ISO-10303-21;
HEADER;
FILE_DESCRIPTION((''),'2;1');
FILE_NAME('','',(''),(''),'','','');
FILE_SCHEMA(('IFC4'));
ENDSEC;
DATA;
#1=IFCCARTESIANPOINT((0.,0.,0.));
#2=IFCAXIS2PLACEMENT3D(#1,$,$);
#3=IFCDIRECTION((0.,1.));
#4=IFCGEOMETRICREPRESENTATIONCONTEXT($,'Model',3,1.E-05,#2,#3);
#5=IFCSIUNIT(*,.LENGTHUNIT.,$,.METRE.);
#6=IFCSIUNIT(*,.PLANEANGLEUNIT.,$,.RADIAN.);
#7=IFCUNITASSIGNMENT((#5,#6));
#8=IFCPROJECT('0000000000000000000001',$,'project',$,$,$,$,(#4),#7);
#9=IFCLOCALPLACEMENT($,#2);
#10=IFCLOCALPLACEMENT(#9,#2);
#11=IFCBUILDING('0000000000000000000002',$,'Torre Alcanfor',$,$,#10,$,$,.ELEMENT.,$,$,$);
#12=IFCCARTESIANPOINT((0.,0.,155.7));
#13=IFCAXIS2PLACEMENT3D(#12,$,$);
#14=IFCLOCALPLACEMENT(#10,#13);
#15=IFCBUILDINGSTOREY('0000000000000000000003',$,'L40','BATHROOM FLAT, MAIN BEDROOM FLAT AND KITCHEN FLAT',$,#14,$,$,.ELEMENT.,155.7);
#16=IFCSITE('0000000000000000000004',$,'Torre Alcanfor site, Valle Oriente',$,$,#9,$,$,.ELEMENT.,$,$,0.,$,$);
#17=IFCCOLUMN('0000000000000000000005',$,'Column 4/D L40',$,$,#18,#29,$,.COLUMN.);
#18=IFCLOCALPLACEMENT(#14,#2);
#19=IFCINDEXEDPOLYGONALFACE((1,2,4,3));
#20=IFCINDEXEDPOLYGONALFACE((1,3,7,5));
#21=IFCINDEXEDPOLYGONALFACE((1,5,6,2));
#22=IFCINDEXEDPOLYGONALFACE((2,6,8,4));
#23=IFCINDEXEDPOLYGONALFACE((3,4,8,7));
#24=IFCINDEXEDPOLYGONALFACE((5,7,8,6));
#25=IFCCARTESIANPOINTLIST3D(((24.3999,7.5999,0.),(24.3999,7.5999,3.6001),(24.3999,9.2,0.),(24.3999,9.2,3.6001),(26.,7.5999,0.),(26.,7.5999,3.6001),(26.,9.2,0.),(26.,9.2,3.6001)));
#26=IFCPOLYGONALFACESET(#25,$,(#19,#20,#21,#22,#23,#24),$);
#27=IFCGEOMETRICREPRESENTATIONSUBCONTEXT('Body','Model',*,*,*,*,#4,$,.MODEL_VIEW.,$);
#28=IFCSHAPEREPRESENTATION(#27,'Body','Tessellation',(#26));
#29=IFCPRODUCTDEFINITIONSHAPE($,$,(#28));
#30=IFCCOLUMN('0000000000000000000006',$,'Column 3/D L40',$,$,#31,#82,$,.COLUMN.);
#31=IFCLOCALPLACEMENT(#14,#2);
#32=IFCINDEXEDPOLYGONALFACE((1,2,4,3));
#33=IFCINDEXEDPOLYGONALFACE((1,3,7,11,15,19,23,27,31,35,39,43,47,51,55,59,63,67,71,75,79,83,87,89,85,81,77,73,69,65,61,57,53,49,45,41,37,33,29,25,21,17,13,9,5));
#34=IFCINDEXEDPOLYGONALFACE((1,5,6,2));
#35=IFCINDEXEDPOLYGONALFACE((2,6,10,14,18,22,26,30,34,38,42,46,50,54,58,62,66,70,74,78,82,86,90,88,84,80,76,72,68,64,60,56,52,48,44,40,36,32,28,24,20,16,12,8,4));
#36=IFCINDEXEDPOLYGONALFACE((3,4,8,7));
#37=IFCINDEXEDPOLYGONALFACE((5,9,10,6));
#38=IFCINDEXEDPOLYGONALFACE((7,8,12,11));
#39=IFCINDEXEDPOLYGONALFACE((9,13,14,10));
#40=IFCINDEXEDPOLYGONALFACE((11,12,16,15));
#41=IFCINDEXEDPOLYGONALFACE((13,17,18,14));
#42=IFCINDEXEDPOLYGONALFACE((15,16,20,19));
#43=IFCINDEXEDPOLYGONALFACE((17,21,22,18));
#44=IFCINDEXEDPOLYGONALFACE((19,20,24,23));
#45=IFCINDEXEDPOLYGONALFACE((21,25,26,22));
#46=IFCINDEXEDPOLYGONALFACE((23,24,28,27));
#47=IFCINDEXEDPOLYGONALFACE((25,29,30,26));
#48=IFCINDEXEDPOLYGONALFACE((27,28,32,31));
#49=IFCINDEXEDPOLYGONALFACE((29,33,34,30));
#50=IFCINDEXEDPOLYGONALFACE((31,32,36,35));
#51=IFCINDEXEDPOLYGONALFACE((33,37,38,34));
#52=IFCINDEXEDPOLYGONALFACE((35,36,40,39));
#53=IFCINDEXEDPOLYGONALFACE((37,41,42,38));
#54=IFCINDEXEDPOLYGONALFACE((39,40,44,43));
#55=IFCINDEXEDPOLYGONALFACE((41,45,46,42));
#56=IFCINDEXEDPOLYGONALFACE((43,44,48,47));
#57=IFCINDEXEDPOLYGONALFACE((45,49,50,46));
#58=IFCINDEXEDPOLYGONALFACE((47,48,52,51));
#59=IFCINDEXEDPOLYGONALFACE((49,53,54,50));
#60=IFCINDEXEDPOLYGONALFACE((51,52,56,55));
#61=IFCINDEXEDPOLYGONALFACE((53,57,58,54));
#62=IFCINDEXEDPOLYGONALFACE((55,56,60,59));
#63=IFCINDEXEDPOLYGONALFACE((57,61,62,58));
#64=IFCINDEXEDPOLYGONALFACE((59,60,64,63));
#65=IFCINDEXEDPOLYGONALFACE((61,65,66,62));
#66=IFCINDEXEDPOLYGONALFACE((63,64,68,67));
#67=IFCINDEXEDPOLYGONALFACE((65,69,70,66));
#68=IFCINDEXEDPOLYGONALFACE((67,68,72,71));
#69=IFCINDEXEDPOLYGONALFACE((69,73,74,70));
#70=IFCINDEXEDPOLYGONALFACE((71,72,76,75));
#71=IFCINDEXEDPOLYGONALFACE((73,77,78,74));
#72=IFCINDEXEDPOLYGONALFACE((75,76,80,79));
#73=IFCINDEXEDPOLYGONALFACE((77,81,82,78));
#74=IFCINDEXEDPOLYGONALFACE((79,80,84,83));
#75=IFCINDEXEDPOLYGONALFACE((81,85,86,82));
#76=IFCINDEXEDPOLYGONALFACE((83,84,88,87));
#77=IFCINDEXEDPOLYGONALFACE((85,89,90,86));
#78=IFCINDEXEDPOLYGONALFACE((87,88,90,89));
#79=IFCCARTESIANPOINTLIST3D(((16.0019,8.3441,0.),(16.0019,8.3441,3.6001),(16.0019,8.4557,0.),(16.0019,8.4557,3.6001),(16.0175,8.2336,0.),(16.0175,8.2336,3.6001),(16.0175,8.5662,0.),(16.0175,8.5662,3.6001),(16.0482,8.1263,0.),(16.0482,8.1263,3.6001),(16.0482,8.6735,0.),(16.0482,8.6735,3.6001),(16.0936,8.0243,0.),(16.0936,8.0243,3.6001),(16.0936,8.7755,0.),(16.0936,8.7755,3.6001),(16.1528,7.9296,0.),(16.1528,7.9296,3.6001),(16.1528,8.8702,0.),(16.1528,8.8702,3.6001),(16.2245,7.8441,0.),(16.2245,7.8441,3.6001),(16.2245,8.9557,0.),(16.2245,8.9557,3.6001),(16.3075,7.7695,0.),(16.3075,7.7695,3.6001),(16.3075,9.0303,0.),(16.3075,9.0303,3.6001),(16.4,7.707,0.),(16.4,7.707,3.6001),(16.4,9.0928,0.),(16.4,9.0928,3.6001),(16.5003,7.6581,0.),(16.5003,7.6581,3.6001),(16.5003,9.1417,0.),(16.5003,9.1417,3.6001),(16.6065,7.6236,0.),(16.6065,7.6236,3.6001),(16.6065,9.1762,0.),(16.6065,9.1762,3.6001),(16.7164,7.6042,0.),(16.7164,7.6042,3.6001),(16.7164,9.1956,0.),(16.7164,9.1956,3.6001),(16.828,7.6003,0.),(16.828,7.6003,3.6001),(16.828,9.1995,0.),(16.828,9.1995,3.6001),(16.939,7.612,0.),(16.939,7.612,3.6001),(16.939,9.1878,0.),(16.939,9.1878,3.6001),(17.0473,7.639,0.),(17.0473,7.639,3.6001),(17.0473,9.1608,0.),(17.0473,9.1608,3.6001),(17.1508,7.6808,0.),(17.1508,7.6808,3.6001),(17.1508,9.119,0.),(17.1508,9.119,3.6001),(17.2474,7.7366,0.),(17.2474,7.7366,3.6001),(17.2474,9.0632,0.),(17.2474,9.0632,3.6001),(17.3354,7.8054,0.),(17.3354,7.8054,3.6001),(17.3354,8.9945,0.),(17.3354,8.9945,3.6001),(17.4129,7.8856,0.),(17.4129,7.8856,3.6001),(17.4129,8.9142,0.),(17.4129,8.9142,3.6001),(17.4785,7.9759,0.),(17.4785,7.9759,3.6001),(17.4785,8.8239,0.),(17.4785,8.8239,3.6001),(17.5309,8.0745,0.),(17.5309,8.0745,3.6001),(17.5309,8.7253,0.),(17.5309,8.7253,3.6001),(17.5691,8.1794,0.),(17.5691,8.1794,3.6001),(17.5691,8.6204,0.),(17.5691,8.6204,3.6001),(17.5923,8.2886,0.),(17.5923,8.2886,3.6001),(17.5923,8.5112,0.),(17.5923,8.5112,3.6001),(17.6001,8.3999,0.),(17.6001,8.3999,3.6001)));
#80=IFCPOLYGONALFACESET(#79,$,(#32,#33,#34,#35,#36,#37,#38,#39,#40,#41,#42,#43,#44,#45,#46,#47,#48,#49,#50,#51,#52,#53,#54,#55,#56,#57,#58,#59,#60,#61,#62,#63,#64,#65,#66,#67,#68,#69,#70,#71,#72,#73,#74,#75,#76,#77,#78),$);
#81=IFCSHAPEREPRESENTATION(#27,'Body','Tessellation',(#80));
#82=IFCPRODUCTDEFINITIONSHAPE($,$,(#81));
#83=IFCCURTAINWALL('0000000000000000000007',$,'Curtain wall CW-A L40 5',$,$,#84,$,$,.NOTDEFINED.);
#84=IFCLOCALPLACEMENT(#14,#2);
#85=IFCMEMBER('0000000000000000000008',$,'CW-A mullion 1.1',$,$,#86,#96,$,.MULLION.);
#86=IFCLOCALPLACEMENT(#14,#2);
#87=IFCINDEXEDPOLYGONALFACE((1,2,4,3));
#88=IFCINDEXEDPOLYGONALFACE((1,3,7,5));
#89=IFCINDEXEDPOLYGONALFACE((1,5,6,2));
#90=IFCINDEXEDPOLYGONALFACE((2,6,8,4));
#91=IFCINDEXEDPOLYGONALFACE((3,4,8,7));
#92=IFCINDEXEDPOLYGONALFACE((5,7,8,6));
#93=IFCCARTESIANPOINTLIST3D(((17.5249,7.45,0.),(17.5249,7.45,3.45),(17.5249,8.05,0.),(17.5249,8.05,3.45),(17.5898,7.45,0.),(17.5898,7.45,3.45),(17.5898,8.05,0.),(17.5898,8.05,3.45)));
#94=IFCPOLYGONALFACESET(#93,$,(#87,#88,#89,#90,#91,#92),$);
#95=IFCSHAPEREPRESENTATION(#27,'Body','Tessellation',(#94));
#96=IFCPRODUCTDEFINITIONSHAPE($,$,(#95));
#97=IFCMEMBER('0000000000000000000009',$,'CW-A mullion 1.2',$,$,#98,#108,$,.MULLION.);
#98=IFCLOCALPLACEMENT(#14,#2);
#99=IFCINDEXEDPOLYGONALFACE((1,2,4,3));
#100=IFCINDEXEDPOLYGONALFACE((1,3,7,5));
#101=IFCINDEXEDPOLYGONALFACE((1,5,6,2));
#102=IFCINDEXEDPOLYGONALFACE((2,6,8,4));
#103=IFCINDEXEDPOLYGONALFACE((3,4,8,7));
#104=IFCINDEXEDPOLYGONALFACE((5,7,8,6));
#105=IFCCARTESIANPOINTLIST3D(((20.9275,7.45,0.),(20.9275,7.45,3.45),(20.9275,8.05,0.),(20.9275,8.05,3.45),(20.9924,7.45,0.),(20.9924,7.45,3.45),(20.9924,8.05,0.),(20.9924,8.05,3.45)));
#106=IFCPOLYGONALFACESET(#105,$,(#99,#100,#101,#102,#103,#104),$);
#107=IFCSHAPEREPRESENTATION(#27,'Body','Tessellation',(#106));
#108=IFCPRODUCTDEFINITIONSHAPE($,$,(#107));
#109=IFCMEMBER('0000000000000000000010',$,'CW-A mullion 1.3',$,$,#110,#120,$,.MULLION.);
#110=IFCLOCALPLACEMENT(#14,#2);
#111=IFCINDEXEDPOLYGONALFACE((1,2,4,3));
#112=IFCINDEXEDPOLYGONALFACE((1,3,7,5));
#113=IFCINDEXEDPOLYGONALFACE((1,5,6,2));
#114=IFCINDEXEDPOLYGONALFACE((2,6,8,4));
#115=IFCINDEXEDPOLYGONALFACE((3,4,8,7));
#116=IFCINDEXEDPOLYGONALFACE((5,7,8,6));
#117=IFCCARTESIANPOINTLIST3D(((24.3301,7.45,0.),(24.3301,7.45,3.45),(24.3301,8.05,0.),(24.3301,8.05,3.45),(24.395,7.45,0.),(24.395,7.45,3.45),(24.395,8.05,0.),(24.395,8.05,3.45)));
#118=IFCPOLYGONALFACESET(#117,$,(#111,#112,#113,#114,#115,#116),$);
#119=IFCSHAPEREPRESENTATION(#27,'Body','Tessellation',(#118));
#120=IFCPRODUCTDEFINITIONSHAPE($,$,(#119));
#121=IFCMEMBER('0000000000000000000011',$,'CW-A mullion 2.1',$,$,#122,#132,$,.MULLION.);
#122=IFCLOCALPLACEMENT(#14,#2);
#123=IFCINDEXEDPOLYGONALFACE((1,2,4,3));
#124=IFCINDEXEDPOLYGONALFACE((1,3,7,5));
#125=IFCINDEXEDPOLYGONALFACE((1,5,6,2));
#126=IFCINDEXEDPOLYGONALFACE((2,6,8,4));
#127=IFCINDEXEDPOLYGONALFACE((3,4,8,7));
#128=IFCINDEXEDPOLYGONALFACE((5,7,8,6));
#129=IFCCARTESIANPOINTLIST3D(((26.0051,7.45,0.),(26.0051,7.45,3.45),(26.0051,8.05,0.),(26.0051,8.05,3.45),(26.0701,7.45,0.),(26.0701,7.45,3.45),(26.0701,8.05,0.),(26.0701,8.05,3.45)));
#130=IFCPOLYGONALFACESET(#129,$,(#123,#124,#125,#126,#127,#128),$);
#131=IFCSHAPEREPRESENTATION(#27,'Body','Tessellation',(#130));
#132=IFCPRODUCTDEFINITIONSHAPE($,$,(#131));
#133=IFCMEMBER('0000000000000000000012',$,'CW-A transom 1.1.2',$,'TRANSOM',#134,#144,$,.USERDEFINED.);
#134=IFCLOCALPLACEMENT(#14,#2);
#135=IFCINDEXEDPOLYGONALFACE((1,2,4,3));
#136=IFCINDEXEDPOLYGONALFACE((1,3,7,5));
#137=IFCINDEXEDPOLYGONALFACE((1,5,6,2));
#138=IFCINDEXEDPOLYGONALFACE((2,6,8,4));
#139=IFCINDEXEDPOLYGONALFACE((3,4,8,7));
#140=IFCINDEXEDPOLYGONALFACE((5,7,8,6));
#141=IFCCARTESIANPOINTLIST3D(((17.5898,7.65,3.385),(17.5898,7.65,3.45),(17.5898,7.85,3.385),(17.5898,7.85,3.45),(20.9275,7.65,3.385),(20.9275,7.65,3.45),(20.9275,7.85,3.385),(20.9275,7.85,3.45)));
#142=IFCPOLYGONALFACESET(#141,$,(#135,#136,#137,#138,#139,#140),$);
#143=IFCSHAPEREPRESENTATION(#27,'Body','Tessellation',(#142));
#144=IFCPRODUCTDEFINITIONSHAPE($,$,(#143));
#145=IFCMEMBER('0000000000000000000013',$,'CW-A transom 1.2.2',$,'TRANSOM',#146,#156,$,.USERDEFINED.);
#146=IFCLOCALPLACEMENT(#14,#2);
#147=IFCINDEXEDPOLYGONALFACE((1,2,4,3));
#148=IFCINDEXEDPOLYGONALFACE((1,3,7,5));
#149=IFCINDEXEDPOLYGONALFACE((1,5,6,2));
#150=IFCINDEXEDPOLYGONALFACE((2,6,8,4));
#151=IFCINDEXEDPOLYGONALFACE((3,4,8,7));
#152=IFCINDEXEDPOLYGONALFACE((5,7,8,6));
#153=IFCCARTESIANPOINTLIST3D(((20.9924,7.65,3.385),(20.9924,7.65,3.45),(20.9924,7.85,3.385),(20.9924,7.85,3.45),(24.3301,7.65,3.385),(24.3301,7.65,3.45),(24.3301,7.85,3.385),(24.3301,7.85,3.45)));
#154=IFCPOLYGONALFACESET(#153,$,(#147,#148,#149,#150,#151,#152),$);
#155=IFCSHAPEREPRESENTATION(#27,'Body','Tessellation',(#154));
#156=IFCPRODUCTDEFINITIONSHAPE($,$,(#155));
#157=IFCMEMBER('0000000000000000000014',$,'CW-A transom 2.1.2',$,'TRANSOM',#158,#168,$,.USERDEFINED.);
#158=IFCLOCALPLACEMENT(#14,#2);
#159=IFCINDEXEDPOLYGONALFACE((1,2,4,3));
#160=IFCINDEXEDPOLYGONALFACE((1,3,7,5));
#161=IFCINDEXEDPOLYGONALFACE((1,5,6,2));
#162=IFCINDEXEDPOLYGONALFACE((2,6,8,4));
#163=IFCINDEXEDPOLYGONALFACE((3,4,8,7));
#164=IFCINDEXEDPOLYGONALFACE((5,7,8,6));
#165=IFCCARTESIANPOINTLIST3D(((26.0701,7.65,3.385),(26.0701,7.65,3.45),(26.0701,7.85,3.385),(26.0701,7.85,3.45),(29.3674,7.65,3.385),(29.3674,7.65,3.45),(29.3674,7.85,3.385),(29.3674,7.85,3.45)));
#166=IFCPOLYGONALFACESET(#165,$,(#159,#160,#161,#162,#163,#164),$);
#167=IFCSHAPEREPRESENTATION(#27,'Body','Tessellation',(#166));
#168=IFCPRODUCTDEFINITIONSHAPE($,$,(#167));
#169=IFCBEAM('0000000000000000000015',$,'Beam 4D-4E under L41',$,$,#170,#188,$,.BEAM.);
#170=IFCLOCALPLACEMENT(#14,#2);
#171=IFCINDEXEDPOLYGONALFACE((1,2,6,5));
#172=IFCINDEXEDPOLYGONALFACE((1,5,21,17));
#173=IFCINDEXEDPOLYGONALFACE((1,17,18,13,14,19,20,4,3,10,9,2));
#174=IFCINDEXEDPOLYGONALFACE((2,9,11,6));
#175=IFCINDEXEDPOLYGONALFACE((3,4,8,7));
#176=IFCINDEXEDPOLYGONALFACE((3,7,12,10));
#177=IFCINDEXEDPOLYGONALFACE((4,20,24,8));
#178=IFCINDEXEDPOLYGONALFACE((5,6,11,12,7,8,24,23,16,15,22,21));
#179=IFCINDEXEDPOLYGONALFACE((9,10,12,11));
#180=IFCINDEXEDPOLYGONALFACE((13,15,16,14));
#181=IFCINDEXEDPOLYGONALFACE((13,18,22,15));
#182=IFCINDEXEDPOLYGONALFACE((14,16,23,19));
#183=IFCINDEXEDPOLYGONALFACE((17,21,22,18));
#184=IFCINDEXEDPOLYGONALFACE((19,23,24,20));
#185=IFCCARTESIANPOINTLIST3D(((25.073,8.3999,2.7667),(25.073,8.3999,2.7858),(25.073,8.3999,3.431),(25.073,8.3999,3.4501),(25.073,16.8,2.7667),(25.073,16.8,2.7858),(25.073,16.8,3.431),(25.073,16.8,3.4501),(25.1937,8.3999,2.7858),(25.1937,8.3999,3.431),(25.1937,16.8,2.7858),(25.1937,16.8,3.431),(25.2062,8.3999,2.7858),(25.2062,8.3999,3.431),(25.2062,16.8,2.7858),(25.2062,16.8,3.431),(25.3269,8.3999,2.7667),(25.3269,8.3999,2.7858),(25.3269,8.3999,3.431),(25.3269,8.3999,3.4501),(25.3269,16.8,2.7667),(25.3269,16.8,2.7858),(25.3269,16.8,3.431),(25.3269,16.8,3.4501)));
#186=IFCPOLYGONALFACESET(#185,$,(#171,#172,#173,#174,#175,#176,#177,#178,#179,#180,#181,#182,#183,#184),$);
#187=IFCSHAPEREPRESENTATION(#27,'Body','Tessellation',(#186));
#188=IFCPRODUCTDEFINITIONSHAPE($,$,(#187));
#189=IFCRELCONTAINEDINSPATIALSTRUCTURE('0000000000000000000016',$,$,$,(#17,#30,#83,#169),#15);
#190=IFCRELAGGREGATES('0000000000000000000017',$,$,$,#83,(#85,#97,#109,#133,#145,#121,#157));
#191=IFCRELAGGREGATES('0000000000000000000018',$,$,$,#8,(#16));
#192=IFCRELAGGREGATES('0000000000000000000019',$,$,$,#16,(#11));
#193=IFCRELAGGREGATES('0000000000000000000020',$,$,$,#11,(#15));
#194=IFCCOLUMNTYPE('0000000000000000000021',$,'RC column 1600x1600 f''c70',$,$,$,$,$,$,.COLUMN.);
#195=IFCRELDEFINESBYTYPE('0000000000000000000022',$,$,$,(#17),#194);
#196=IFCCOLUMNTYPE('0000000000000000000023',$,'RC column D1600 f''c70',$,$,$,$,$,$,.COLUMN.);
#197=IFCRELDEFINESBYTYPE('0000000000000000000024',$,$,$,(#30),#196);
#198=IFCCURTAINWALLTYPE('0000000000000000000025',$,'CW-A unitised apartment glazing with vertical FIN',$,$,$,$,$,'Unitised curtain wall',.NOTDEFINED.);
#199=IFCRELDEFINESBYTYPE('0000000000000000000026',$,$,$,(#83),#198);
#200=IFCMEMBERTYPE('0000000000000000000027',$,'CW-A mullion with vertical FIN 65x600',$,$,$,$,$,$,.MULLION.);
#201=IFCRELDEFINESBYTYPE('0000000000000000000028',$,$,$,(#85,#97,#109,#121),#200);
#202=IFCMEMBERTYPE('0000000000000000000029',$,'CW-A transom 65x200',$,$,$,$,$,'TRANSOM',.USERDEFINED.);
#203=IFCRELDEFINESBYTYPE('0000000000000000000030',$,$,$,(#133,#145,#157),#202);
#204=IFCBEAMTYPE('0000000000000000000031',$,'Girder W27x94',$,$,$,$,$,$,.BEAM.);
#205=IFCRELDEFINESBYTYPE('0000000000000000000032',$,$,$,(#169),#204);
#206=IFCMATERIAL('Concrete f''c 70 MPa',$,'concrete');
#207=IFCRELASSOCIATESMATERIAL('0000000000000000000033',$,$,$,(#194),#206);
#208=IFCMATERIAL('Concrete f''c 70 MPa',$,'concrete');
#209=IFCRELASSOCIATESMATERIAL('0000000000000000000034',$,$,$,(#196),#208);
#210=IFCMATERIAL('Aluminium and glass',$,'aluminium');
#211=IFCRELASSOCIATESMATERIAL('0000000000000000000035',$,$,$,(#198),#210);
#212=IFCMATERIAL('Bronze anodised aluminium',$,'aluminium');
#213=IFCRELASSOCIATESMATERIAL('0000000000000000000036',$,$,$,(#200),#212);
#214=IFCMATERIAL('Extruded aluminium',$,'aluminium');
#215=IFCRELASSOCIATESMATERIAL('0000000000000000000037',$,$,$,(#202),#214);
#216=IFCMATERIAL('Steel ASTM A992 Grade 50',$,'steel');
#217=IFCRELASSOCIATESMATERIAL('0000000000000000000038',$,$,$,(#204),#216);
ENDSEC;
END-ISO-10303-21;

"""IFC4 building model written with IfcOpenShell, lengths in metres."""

from ifc_helpers import new_model, si_unit, direction, frame, origin, origin_2d, place, context, subcontext, project, spatial, rectangle, circle, i_section, extrude, material, material_profile, profile_set, type_object, element, aggregate, save


model = new_model("IFC4")

# Units and contexts
model_context = context("Model", 3, precision=1e-05, world=origin(), true_north=direction((0.0, 1.0)))
body_context = subcontext(model_context, "Body", "Model", "MODEL_VIEW")
ifc_project = project(units=[si_unit("LENGTHUNIT", "METRE"), si_unit("PLANEANGLEUNIT", "RADIAN")], contexts=[model_context])

# Site, building, storey
site_placement = place(None, origin())
site = spatial("IfcSite", under=ifc_project, at=site_placement, Name="Torre Alcanfor site, Valle Oriente", CompositionType="ELEMENT", RefElevation=0.0)
building_placement = place(site_placement, origin())
building = spatial("IfcBuilding", under=site, at=building_placement, Name="Torre Alcanfor", CompositionType="ELEMENT")
storey_placement = place(building_placement, frame((0.0, 0.0, 155.7)))
storey = spatial("IfcBuildingStorey", under=building, at=storey_placement, Name="L40", Description="BATHROOM FLAT, MAIN BEDROOM FLAT AND KITCHEN FLAT", CompositionType="ELEMENT", Elevation=155.7)

# Columns
ifc_material_1 = material(Name="Concrete f'c 70 MPa", Category="concrete")
ifc_material_profile_1 = material_profile(ifc_material_1, rectangle(XDim=1.6001, YDim=1.6001, at=origin_2d()), Name="1600x1600")
ifc_profile_set_1 = profile_set([ifc_material_profile_1], Name="Concrete f'c 70 MPa")
column_type_1 = type_object("IfcColumnType", Name="RC column 1600x1600 f'c70", PredefinedType="COLUMN", material=ifc_profile_set_1)
column_1_placement = place(storey_placement, frame((25.2, 8.3999, 0.0), z_axis=(0.0, 0.0, 1.0), x_axis=(1.0, 0.0, 0.0)))
element("IfcColumn", 1, at=column_1_placement, inside=storey, type_object=column_type_1, Name="Column 4/D L40", PredefinedType="COLUMN", context=body_context, shape_type="SweptSolid", body=[
    extrude(rectangle(XDim=1.6001, YDim=1.6001, at=origin_2d()), origin(), (0.0, 0.0, 1.0), 3.6001),
])
ifc_material_2 = material(Name="Concrete f'c 70 MPa", Category="concrete")
ifc_material_profile_2 = material_profile(ifc_material_2, circle(Radius=0.8, at=origin_2d()), Name="D1600")
ifc_profile_set_2 = profile_set([ifc_material_profile_2], Name="Concrete f'c 70 MPa")
column_type_2 = type_object("IfcColumnType", Name="RC column D1600 f'c70", PredefinedType="COLUMN", material=ifc_profile_set_2)
column_2_placement = place(storey_placement, frame((16.8, 8.3999, 0.0), z_axis=(0.0, 0.0, 1.0), x_axis=(1.0, 0.0, 0.0)))
element("IfcColumn", 2, at=column_2_placement, inside=storey, type_object=column_type_2, Name="Column 3/D L40", PredefinedType="COLUMN", context=body_context, shape_type="SweptSolid", body=[
    extrude(circle(Radius=0.8, at=origin_2d()), origin(), (0.0, 0.0, 1.0), 3.6001),
])

# Curtain wall, members
ifc_material_3 = material(Name="Aluminium and glass", Category="aluminium")
curtain_wall_type = type_object("IfcCurtainWallType", Name="CW-A unitised apartment glazing with vertical FIN", ElementType="Unitised curtain wall", PredefinedType="NOTDEFINED", material=ifc_material_3)
curtain_wall_placement = place(storey_placement, origin())
curtain_wall = element("IfcCurtainWall", 3, at=curtain_wall_placement, inside=storey, type_object=curtain_wall_type, Name="Curtain wall CW-A L40 5", PredefinedType="NOTDEFINED")
ifc_material_4 = material(Name="Bronze anodised aluminium", Category="aluminium")
ifc_material_profile_3 = material_profile(ifc_material_4, rectangle(XDim=0.6001, YDim=0.0649, at=origin_2d()), Name="CW-A mullion 65x600")
ifc_profile_set_3 = profile_set([ifc_material_profile_3], Name="Bronze anodised aluminium")
member_type_1 = type_object("IfcMemberType", Name="CW-A mullion with vertical FIN 65x600", PredefinedType="MULLION", material=ifc_profile_set_3)
member_1_placement = place(storey_placement, frame((17.5574, 7.75, 0.0), z_axis=(0.0, 0.0, 1.0), x_axis=(0.0, 1.0, 0.0)))
member_1 = element("IfcMember", 4, at=member_1_placement, type_object=member_type_1, Name="CW-A mullion 1.1", PredefinedType="MULLION", context=body_context, shape_type="SweptSolid", body=[
    extrude(rectangle(XDim=0.6001, YDim=0.0649, at=origin_2d()), origin(), (0.0, 0.0, 1.0), 3.45),
])
member_2_placement = place(storey_placement, frame((20.96, 7.75, 0.0), z_axis=(0.0, 0.0, 1.0), x_axis=(0.0, 1.0, 0.0)))
member_2 = element("IfcMember", 5, at=member_2_placement, type_object=member_type_1, Name="CW-A mullion 1.2", PredefinedType="MULLION", context=body_context, shape_type="SweptSolid", body=[
    extrude(rectangle(XDim=0.6001, YDim=0.0649, at=origin_2d()), origin(), (0.0, 0.0, 1.0), 3.45),
])
member_3_placement = place(storey_placement, frame((24.3625, 7.75, 0.0), z_axis=(0.0, 0.0, 1.0), x_axis=(0.0, 1.0, 0.0)))
member_3 = element("IfcMember", 6, at=member_3_placement, type_object=member_type_1, Name="CW-A mullion 1.3", PredefinedType="MULLION", context=body_context, shape_type="SweptSolid", body=[
    extrude(rectangle(XDim=0.6001, YDim=0.0649, at=origin_2d()), origin(), (0.0, 0.0, 1.0), 3.45),
])
member_4_placement = place(storey_placement, frame((26.0376, 7.75, 0.0), z_axis=(0.0, 0.0, 1.0), x_axis=(0.0, 1.0, 0.0)))
member_4 = element("IfcMember", 7, at=member_4_placement, type_object=member_type_1, Name="CW-A mullion 2.1", PredefinedType="MULLION", context=body_context, shape_type="SweptSolid", body=[
    extrude(rectangle(XDim=0.6001, YDim=0.0649, at=origin_2d()), origin(), (0.0, 0.0, 1.0), 3.45),
])
ifc_material_5 = material(Name="Extruded aluminium", Category="aluminium")
ifc_material_profile_4 = material_profile(ifc_material_5, rectangle(XDim=0.2, YDim=0.0649, at=origin_2d()), Name="CW-A transom 200x65")
ifc_profile_set_4 = profile_set([ifc_material_profile_4], Name="Extruded aluminium")
member_type_2 = type_object("IfcMemberType", Name="CW-A transom 65x200", ElementType="TRANSOM", PredefinedType="USERDEFINED", material=ifc_profile_set_4)
member_5_placement = place(storey_placement, frame((17.5898, 7.75, 3.4175), z_axis=(1.0, 0.0, 0.0), x_axis=(0.0, 1.0, 0.0)))
member_5 = element("IfcMember", 8, at=member_5_placement, type_object=member_type_2, Name="CW-A transom 1.1.2", ObjectType="TRANSOM", PredefinedType="USERDEFINED", context=body_context, shape_type="SweptSolid", body=[
    extrude(rectangle(XDim=0.2, YDim=0.0649, at=origin_2d()), origin(), (0.0, 0.0, 1.0), 3.3376),
])
member_6_placement = place(storey_placement, frame((20.9924, 7.75, 3.4175), z_axis=(1.0, 0.0, 0.0), x_axis=(0.0, 1.0, 0.0)))
member_6 = element("IfcMember", 9, at=member_6_placement, type_object=member_type_2, Name="CW-A transom 1.2.2", ObjectType="TRANSOM", PredefinedType="USERDEFINED", context=body_context, shape_type="SweptSolid", body=[
    extrude(rectangle(XDim=0.2, YDim=0.0649, at=origin_2d()), origin(), (0.0, 0.0, 1.0), 3.3376),
])
member_7_placement = place(storey_placement, frame((26.0701, 7.75, 3.4175), z_axis=(1.0, 0.0, 0.0), x_axis=(0.0, 1.0, 0.0)))
member_7 = element("IfcMember", 10, at=member_7_placement, type_object=member_type_2, Name="CW-A transom 2.1.2", ObjectType="TRANSOM", PredefinedType="USERDEFINED", context=body_context, shape_type="SweptSolid", body=[
    extrude(rectangle(XDim=0.2, YDim=0.0649, at=origin_2d()), origin(), (0.0, 0.0, 1.0), 3.2974),
])

# Beam
ifc_material_6 = material(Name="Steel ASTM A992 Grade 50", Category="steel")
ifc_material_profile_5 = material_profile(ifc_material_6, i_section(OverallWidth=0.2539, OverallDepth=0.6833, WebThickness=0.0125, FlangeThickness=0.019, at=origin_2d()), Name="W27x94")
ifc_profile_set_5 = profile_set([ifc_material_profile_5], Name="Steel ASTM A992 Grade 50")
beam_type_1 = type_object("IfcBeamType", Name="Girder W27x94", PredefinedType="BEAM", material=ifc_profile_set_5)
beam_1_placement = place(storey_placement, frame((25.2, 8.3999, 3.1084), z_axis=(0.0, 1.0, 0.0), x_axis=(-1.0, 0.0, 0.0)))
element("IfcBeam", 11, at=beam_1_placement, inside=storey, type_object=beam_type_1, Name="Beam 4D-4E under L41", PredefinedType="BEAM", context=body_context, shape_type="SweptSolid", body=[
    extrude(i_section(OverallWidth=0.2539, OverallDepth=0.6833, WebThickness=0.0125, FlangeThickness=0.019, at=origin_2d()), origin(), (0.0, 0.0, 1.0), 8.4001),
])

aggregate(curtain_wall, [member_1, member_2, member_3, member_5, member_6, member_4, member_7])

save(model, "model.ifc")
